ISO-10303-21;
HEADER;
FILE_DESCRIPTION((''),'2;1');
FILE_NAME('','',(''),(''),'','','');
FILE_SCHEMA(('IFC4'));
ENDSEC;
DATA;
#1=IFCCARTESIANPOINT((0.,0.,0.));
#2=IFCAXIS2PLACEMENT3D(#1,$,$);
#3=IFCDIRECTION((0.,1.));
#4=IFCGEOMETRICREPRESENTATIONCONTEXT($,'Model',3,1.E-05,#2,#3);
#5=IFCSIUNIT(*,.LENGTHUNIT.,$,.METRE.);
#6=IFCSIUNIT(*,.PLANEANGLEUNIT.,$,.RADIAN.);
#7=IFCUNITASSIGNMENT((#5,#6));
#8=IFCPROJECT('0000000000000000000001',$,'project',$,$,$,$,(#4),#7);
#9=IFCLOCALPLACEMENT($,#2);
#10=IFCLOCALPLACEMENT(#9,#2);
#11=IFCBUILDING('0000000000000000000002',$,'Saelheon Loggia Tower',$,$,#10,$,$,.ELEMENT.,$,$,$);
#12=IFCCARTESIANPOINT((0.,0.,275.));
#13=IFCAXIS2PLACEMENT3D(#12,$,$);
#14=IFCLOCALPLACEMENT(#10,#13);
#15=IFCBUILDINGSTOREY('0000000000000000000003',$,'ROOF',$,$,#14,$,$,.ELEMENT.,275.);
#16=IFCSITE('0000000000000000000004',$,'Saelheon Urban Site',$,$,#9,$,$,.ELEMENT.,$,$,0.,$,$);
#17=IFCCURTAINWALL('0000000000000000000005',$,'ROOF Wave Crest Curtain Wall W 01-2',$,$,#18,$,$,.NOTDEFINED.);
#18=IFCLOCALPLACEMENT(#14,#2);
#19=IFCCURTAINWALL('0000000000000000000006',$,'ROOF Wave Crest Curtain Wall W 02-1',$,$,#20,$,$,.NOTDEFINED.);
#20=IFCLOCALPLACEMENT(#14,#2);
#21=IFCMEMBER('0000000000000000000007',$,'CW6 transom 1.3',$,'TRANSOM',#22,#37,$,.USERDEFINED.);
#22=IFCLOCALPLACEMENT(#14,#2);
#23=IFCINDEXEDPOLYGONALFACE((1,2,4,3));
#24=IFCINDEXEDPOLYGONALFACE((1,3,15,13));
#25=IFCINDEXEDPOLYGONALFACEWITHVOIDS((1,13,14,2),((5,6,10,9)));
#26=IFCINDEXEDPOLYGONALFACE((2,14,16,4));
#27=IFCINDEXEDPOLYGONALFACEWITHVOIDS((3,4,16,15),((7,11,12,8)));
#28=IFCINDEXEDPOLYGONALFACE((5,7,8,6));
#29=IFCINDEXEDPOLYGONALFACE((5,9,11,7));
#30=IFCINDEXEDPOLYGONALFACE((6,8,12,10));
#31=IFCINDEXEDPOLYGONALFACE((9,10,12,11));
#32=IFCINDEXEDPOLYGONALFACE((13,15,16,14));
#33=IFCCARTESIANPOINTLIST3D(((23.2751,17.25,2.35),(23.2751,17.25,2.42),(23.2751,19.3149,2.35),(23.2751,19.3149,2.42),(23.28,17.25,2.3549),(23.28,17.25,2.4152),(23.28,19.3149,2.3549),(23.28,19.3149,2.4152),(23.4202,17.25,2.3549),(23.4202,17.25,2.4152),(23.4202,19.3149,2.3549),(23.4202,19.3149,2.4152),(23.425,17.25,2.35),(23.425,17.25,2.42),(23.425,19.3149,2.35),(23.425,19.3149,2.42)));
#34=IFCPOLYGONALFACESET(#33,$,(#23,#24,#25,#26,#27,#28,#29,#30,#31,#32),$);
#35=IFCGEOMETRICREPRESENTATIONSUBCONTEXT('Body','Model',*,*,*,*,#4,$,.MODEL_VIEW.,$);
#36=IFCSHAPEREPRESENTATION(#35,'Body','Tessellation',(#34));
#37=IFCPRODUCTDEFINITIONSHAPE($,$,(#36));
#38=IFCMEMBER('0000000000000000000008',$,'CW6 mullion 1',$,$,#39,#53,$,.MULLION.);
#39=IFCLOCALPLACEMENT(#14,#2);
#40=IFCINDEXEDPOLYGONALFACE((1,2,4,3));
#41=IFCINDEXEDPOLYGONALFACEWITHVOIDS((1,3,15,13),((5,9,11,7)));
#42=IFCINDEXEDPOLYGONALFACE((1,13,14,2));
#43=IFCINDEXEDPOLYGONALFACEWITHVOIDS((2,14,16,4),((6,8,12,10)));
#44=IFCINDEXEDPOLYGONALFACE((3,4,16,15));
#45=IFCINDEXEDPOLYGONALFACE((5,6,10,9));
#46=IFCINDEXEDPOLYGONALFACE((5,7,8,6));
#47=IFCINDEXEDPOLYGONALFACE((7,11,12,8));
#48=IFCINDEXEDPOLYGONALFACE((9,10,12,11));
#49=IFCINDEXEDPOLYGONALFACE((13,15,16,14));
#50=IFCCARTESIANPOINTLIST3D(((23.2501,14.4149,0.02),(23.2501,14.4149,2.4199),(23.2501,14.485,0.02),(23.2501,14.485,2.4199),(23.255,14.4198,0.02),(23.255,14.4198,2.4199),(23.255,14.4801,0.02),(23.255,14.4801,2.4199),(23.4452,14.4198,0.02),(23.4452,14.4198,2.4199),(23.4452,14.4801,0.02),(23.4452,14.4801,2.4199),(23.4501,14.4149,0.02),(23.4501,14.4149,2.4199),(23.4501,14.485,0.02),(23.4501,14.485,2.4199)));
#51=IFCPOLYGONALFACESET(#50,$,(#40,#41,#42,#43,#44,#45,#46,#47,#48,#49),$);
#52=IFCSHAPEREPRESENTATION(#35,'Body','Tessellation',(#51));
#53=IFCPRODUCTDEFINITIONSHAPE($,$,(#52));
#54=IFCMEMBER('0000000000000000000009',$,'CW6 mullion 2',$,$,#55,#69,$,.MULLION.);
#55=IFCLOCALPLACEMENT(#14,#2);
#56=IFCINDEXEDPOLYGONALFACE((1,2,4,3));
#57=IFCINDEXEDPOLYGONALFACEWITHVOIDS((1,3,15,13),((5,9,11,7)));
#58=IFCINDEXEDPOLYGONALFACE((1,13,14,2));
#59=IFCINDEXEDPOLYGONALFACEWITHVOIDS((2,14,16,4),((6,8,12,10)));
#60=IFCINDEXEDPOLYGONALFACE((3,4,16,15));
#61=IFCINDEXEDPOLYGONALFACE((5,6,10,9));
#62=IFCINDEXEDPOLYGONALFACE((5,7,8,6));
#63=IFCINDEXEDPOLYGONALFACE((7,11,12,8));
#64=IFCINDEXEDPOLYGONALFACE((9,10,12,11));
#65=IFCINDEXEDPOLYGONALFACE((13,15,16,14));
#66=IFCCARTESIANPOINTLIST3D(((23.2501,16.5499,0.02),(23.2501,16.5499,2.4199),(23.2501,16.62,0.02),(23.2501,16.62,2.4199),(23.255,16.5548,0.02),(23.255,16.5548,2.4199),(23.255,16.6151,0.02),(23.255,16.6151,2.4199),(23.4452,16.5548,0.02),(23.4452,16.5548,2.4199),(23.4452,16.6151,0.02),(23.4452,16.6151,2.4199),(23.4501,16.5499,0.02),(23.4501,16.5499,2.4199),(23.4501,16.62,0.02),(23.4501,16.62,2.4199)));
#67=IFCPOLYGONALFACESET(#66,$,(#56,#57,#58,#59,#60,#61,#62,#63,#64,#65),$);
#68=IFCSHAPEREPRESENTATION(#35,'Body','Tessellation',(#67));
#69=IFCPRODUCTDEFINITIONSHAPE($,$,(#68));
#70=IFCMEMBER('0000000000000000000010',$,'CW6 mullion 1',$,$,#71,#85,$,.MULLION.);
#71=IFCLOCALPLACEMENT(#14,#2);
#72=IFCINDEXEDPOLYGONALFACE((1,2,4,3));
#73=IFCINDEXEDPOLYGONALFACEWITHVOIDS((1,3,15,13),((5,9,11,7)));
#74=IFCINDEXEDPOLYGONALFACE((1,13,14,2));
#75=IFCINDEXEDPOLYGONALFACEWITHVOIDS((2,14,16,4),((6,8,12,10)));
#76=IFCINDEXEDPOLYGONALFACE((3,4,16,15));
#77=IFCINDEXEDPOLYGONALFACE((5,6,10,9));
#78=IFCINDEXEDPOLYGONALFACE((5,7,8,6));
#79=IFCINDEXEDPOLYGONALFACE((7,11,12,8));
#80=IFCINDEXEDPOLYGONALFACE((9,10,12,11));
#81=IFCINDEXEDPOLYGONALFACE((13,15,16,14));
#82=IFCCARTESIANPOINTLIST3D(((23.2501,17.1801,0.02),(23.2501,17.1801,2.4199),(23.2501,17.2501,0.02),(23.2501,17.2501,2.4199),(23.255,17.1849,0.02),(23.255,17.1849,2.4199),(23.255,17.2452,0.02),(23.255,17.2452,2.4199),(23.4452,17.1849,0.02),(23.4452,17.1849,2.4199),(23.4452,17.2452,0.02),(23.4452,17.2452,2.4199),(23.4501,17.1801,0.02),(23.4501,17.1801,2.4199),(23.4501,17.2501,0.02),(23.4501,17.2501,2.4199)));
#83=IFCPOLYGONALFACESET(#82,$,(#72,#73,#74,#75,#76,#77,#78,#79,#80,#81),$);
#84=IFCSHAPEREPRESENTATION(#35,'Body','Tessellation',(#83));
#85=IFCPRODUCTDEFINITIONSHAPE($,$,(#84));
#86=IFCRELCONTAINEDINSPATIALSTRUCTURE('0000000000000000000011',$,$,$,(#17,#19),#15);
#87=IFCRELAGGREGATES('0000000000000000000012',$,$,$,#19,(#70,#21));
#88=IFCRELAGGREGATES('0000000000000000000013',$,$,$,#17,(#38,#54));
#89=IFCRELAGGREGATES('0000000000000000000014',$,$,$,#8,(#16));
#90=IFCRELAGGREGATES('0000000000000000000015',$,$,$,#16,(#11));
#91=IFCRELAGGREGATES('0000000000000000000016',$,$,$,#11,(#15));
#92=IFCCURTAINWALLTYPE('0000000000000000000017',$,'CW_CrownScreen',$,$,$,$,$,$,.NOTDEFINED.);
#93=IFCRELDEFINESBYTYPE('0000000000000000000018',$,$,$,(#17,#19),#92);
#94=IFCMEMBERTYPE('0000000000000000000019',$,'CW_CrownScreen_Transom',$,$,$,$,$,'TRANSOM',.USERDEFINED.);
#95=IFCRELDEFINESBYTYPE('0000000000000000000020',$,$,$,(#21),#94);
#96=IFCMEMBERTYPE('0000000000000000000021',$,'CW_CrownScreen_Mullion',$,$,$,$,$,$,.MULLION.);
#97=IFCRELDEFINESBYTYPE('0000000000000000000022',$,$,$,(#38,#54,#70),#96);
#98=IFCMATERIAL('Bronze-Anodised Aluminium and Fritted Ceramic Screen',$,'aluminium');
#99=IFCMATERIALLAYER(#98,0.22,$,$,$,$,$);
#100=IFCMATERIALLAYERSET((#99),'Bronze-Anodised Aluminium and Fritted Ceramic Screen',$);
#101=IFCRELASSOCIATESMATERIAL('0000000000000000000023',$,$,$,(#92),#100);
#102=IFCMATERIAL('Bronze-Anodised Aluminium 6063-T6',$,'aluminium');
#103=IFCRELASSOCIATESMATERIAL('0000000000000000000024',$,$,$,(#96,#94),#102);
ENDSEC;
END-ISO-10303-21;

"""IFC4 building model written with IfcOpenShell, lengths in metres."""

from ifc_helpers import new_model, si_unit, direction, frame, origin, origin_2d, place, context, subcontext, project, spatial, hollow_rectangle, extrude, source, transform, mapped, material, layer, layer_set, material_profile, profile_set, type_object, element, aggregate, save


model = new_model("IFC4")

# Units and contexts
model_context = context("Model", 3, precision=1e-05, world=origin(), true_north=direction((0.0, 1.0)))
body_context = subcontext(model_context, "Body", "Model", "MODEL_VIEW")
ifc_project = project(units=[si_unit("LENGTHUNIT", "METRE"), si_unit("PLANEANGLEUNIT", "RADIAN")], contexts=[model_context])

# Site, building, storey
site_placement = place(None, origin())
site = spatial("IfcSite", under=ifc_project, at=site_placement, Name="Saelheon Urban Site", CompositionType="ELEMENT", RefElevation=0.0)
building_placement = place(site_placement, origin())
building = spatial("IfcBuilding", under=site, at=building_placement, Name="Saelheon Loggia Tower", CompositionType="ELEMENT")
storey_placement = place(building_placement, frame((0.0, 0.0, 275.0)))
storey = spatial("IfcBuildingStorey", under=building, at=storey_placement, Name="ROOF", CompositionType="ELEMENT", Elevation=275.0)

# Curtain walls, member
ifc_material_1 = material(Name="Bronze-Anodised Aluminium and Fritted Ceramic Screen", Category="aluminium")
ifc_layer_1 = layer(ifc_material_1, 0.22)
ifc_layer_set_1 = layer_set([ifc_layer_1], Name="Bronze-Anodised Aluminium and Fritted Ceramic Screen")
curtain_wall_type = type_object("IfcCurtainWallType", Name="CW_CrownScreen", PredefinedType="NOTDEFINED", material=ifc_layer_set_1)
ifc_material_2 = material(Name="Bronze-Anodised Aluminium 6063-T6", Category="aluminium")
ifc_material_profile_1 = material_profile(ifc_material_2, hollow_rectangle(XDim=0.0701, YDim=0.2, WallThickness=0.0049, at=origin_2d()), Name="RHS-200x70x5")
ifc_profile_set_1 = profile_set([ifc_material_profile_1], Name="Bronze-Anodised Aluminium 6063-T6")
member_type_1 = type_object("IfcMemberType", Name="CW_CrownScreen_Mullion", PredefinedType="MULLION", material=ifc_profile_set_1)
ifc_material_profile_2 = material_profile(ifc_material_2, hollow_rectangle(XDim=0.0701, YDim=0.1499, WallThickness=0.0049, at=origin_2d()), Name="RHS-150x70x5")
ifc_profile_set_2 = profile_set([ifc_material_profile_2], Name="Bronze-Anodised Aluminium 6063-T6")
member_type_2 = type_object("IfcMemberType", Name="CW_CrownScreen_Transom", ElementType="TRANSOM", PredefinedType="USERDEFINED", material=ifc_profile_set_2)
shared_shape_1 = source(origin(), body_context, "Body", "SweptSolid", [
    extrude(hollow_rectangle(XDim=0.0701, YDim=0.1499, WallThickness=0.0049, at=origin_2d()), origin(), (0.0, 0.0, 1.0), 2.0649),
])
curtain_wall_1_placement = place(storey_placement, origin())
curtain_wall_1 = element("IfcCurtainWall", 1, at=curtain_wall_1_placement, inside=storey, type_object=curtain_wall_type, Name="ROOF Wave Crest Curtain Wall W 01-2", PredefinedType="NOTDEFINED")
curtain_wall_2_placement = place(storey_placement, origin())
curtain_wall_2 = element("IfcCurtainWall", 2, at=curtain_wall_2_placement, inside=storey, type_object=curtain_wall_type, Name="ROOF Wave Crest Curtain Wall W 02-1", PredefinedType="NOTDEFINED")
member_1_placement = place(storey_placement, frame((23.3501, 17.25, 2.385), z_axis=(0.0, 1.0, 0.0), x_axis=(0.0, 0.0, 1.0)))
member_1 = element("IfcMember", 3, at=member_1_placement, type_object=member_type_2, Name="CW6 transom 1.3", ObjectType="TRANSOM", PredefinedType="USERDEFINED", context=body_context, shape_type="MappedRepresentation", body=[
    mapped(shared_shape_1, transform((0.0, 0.0, 0.0), scale=1.0)),
])

# Members
shared_shape_2 = source(origin(), body_context, "Body", "SweptSolid", [
    extrude(hollow_rectangle(XDim=0.0701, YDim=0.2, WallThickness=0.0049, at=origin_2d()), origin(), (0.0, 0.0, 1.0), 2.3999),
])
member_2_placement = place(storey_placement, frame((23.3501, 14.45, 0.02), z_axis=(0.0, 0.0, 1.0), x_axis=(0.0, 1.0, 0.0)))
member_2 = element("IfcMember", 4, at=member_2_placement, type_object=member_type_1, Name="CW6 mullion 1", PredefinedType="MULLION", context=body_context, shape_type="MappedRepresentation", body=[
    mapped(shared_shape_2, transform((0.0, 0.0, 0.0), scale=1.0)),
])
member_3_placement = place(storey_placement, frame((23.3501, 16.585, 0.02), z_axis=(0.0, 0.0, 1.0), x_axis=(0.0, 1.0, 0.0)))
member_3 = element("IfcMember", 5, at=member_3_placement, type_object=member_type_1, Name="CW6 mullion 2", PredefinedType="MULLION", context=body_context, shape_type="MappedRepresentation", body=[
    mapped(shared_shape_2, transform((0.0, 0.0, 0.0), scale=1.0)),
])
member_4_placement = place(storey_placement, frame((23.3501, 17.2151, 0.02), z_axis=(0.0, 0.0, 1.0), x_axis=(0.0, 1.0, 0.0)))
member_4 = element("IfcMember", 6, at=member_4_placement, type_object=member_type_1, Name="CW6 mullion 1", PredefinedType="MULLION", context=body_context, shape_type="MappedRepresentation", body=[
    mapped(shared_shape_2, transform((0.0, 0.0, 0.0), scale=1.0)),
])
aggregate(curtain_wall_2, [member_4, member_1])

aggregate(curtain_wall_1, [member_2, member_3])

save(model, "model.ifc")
